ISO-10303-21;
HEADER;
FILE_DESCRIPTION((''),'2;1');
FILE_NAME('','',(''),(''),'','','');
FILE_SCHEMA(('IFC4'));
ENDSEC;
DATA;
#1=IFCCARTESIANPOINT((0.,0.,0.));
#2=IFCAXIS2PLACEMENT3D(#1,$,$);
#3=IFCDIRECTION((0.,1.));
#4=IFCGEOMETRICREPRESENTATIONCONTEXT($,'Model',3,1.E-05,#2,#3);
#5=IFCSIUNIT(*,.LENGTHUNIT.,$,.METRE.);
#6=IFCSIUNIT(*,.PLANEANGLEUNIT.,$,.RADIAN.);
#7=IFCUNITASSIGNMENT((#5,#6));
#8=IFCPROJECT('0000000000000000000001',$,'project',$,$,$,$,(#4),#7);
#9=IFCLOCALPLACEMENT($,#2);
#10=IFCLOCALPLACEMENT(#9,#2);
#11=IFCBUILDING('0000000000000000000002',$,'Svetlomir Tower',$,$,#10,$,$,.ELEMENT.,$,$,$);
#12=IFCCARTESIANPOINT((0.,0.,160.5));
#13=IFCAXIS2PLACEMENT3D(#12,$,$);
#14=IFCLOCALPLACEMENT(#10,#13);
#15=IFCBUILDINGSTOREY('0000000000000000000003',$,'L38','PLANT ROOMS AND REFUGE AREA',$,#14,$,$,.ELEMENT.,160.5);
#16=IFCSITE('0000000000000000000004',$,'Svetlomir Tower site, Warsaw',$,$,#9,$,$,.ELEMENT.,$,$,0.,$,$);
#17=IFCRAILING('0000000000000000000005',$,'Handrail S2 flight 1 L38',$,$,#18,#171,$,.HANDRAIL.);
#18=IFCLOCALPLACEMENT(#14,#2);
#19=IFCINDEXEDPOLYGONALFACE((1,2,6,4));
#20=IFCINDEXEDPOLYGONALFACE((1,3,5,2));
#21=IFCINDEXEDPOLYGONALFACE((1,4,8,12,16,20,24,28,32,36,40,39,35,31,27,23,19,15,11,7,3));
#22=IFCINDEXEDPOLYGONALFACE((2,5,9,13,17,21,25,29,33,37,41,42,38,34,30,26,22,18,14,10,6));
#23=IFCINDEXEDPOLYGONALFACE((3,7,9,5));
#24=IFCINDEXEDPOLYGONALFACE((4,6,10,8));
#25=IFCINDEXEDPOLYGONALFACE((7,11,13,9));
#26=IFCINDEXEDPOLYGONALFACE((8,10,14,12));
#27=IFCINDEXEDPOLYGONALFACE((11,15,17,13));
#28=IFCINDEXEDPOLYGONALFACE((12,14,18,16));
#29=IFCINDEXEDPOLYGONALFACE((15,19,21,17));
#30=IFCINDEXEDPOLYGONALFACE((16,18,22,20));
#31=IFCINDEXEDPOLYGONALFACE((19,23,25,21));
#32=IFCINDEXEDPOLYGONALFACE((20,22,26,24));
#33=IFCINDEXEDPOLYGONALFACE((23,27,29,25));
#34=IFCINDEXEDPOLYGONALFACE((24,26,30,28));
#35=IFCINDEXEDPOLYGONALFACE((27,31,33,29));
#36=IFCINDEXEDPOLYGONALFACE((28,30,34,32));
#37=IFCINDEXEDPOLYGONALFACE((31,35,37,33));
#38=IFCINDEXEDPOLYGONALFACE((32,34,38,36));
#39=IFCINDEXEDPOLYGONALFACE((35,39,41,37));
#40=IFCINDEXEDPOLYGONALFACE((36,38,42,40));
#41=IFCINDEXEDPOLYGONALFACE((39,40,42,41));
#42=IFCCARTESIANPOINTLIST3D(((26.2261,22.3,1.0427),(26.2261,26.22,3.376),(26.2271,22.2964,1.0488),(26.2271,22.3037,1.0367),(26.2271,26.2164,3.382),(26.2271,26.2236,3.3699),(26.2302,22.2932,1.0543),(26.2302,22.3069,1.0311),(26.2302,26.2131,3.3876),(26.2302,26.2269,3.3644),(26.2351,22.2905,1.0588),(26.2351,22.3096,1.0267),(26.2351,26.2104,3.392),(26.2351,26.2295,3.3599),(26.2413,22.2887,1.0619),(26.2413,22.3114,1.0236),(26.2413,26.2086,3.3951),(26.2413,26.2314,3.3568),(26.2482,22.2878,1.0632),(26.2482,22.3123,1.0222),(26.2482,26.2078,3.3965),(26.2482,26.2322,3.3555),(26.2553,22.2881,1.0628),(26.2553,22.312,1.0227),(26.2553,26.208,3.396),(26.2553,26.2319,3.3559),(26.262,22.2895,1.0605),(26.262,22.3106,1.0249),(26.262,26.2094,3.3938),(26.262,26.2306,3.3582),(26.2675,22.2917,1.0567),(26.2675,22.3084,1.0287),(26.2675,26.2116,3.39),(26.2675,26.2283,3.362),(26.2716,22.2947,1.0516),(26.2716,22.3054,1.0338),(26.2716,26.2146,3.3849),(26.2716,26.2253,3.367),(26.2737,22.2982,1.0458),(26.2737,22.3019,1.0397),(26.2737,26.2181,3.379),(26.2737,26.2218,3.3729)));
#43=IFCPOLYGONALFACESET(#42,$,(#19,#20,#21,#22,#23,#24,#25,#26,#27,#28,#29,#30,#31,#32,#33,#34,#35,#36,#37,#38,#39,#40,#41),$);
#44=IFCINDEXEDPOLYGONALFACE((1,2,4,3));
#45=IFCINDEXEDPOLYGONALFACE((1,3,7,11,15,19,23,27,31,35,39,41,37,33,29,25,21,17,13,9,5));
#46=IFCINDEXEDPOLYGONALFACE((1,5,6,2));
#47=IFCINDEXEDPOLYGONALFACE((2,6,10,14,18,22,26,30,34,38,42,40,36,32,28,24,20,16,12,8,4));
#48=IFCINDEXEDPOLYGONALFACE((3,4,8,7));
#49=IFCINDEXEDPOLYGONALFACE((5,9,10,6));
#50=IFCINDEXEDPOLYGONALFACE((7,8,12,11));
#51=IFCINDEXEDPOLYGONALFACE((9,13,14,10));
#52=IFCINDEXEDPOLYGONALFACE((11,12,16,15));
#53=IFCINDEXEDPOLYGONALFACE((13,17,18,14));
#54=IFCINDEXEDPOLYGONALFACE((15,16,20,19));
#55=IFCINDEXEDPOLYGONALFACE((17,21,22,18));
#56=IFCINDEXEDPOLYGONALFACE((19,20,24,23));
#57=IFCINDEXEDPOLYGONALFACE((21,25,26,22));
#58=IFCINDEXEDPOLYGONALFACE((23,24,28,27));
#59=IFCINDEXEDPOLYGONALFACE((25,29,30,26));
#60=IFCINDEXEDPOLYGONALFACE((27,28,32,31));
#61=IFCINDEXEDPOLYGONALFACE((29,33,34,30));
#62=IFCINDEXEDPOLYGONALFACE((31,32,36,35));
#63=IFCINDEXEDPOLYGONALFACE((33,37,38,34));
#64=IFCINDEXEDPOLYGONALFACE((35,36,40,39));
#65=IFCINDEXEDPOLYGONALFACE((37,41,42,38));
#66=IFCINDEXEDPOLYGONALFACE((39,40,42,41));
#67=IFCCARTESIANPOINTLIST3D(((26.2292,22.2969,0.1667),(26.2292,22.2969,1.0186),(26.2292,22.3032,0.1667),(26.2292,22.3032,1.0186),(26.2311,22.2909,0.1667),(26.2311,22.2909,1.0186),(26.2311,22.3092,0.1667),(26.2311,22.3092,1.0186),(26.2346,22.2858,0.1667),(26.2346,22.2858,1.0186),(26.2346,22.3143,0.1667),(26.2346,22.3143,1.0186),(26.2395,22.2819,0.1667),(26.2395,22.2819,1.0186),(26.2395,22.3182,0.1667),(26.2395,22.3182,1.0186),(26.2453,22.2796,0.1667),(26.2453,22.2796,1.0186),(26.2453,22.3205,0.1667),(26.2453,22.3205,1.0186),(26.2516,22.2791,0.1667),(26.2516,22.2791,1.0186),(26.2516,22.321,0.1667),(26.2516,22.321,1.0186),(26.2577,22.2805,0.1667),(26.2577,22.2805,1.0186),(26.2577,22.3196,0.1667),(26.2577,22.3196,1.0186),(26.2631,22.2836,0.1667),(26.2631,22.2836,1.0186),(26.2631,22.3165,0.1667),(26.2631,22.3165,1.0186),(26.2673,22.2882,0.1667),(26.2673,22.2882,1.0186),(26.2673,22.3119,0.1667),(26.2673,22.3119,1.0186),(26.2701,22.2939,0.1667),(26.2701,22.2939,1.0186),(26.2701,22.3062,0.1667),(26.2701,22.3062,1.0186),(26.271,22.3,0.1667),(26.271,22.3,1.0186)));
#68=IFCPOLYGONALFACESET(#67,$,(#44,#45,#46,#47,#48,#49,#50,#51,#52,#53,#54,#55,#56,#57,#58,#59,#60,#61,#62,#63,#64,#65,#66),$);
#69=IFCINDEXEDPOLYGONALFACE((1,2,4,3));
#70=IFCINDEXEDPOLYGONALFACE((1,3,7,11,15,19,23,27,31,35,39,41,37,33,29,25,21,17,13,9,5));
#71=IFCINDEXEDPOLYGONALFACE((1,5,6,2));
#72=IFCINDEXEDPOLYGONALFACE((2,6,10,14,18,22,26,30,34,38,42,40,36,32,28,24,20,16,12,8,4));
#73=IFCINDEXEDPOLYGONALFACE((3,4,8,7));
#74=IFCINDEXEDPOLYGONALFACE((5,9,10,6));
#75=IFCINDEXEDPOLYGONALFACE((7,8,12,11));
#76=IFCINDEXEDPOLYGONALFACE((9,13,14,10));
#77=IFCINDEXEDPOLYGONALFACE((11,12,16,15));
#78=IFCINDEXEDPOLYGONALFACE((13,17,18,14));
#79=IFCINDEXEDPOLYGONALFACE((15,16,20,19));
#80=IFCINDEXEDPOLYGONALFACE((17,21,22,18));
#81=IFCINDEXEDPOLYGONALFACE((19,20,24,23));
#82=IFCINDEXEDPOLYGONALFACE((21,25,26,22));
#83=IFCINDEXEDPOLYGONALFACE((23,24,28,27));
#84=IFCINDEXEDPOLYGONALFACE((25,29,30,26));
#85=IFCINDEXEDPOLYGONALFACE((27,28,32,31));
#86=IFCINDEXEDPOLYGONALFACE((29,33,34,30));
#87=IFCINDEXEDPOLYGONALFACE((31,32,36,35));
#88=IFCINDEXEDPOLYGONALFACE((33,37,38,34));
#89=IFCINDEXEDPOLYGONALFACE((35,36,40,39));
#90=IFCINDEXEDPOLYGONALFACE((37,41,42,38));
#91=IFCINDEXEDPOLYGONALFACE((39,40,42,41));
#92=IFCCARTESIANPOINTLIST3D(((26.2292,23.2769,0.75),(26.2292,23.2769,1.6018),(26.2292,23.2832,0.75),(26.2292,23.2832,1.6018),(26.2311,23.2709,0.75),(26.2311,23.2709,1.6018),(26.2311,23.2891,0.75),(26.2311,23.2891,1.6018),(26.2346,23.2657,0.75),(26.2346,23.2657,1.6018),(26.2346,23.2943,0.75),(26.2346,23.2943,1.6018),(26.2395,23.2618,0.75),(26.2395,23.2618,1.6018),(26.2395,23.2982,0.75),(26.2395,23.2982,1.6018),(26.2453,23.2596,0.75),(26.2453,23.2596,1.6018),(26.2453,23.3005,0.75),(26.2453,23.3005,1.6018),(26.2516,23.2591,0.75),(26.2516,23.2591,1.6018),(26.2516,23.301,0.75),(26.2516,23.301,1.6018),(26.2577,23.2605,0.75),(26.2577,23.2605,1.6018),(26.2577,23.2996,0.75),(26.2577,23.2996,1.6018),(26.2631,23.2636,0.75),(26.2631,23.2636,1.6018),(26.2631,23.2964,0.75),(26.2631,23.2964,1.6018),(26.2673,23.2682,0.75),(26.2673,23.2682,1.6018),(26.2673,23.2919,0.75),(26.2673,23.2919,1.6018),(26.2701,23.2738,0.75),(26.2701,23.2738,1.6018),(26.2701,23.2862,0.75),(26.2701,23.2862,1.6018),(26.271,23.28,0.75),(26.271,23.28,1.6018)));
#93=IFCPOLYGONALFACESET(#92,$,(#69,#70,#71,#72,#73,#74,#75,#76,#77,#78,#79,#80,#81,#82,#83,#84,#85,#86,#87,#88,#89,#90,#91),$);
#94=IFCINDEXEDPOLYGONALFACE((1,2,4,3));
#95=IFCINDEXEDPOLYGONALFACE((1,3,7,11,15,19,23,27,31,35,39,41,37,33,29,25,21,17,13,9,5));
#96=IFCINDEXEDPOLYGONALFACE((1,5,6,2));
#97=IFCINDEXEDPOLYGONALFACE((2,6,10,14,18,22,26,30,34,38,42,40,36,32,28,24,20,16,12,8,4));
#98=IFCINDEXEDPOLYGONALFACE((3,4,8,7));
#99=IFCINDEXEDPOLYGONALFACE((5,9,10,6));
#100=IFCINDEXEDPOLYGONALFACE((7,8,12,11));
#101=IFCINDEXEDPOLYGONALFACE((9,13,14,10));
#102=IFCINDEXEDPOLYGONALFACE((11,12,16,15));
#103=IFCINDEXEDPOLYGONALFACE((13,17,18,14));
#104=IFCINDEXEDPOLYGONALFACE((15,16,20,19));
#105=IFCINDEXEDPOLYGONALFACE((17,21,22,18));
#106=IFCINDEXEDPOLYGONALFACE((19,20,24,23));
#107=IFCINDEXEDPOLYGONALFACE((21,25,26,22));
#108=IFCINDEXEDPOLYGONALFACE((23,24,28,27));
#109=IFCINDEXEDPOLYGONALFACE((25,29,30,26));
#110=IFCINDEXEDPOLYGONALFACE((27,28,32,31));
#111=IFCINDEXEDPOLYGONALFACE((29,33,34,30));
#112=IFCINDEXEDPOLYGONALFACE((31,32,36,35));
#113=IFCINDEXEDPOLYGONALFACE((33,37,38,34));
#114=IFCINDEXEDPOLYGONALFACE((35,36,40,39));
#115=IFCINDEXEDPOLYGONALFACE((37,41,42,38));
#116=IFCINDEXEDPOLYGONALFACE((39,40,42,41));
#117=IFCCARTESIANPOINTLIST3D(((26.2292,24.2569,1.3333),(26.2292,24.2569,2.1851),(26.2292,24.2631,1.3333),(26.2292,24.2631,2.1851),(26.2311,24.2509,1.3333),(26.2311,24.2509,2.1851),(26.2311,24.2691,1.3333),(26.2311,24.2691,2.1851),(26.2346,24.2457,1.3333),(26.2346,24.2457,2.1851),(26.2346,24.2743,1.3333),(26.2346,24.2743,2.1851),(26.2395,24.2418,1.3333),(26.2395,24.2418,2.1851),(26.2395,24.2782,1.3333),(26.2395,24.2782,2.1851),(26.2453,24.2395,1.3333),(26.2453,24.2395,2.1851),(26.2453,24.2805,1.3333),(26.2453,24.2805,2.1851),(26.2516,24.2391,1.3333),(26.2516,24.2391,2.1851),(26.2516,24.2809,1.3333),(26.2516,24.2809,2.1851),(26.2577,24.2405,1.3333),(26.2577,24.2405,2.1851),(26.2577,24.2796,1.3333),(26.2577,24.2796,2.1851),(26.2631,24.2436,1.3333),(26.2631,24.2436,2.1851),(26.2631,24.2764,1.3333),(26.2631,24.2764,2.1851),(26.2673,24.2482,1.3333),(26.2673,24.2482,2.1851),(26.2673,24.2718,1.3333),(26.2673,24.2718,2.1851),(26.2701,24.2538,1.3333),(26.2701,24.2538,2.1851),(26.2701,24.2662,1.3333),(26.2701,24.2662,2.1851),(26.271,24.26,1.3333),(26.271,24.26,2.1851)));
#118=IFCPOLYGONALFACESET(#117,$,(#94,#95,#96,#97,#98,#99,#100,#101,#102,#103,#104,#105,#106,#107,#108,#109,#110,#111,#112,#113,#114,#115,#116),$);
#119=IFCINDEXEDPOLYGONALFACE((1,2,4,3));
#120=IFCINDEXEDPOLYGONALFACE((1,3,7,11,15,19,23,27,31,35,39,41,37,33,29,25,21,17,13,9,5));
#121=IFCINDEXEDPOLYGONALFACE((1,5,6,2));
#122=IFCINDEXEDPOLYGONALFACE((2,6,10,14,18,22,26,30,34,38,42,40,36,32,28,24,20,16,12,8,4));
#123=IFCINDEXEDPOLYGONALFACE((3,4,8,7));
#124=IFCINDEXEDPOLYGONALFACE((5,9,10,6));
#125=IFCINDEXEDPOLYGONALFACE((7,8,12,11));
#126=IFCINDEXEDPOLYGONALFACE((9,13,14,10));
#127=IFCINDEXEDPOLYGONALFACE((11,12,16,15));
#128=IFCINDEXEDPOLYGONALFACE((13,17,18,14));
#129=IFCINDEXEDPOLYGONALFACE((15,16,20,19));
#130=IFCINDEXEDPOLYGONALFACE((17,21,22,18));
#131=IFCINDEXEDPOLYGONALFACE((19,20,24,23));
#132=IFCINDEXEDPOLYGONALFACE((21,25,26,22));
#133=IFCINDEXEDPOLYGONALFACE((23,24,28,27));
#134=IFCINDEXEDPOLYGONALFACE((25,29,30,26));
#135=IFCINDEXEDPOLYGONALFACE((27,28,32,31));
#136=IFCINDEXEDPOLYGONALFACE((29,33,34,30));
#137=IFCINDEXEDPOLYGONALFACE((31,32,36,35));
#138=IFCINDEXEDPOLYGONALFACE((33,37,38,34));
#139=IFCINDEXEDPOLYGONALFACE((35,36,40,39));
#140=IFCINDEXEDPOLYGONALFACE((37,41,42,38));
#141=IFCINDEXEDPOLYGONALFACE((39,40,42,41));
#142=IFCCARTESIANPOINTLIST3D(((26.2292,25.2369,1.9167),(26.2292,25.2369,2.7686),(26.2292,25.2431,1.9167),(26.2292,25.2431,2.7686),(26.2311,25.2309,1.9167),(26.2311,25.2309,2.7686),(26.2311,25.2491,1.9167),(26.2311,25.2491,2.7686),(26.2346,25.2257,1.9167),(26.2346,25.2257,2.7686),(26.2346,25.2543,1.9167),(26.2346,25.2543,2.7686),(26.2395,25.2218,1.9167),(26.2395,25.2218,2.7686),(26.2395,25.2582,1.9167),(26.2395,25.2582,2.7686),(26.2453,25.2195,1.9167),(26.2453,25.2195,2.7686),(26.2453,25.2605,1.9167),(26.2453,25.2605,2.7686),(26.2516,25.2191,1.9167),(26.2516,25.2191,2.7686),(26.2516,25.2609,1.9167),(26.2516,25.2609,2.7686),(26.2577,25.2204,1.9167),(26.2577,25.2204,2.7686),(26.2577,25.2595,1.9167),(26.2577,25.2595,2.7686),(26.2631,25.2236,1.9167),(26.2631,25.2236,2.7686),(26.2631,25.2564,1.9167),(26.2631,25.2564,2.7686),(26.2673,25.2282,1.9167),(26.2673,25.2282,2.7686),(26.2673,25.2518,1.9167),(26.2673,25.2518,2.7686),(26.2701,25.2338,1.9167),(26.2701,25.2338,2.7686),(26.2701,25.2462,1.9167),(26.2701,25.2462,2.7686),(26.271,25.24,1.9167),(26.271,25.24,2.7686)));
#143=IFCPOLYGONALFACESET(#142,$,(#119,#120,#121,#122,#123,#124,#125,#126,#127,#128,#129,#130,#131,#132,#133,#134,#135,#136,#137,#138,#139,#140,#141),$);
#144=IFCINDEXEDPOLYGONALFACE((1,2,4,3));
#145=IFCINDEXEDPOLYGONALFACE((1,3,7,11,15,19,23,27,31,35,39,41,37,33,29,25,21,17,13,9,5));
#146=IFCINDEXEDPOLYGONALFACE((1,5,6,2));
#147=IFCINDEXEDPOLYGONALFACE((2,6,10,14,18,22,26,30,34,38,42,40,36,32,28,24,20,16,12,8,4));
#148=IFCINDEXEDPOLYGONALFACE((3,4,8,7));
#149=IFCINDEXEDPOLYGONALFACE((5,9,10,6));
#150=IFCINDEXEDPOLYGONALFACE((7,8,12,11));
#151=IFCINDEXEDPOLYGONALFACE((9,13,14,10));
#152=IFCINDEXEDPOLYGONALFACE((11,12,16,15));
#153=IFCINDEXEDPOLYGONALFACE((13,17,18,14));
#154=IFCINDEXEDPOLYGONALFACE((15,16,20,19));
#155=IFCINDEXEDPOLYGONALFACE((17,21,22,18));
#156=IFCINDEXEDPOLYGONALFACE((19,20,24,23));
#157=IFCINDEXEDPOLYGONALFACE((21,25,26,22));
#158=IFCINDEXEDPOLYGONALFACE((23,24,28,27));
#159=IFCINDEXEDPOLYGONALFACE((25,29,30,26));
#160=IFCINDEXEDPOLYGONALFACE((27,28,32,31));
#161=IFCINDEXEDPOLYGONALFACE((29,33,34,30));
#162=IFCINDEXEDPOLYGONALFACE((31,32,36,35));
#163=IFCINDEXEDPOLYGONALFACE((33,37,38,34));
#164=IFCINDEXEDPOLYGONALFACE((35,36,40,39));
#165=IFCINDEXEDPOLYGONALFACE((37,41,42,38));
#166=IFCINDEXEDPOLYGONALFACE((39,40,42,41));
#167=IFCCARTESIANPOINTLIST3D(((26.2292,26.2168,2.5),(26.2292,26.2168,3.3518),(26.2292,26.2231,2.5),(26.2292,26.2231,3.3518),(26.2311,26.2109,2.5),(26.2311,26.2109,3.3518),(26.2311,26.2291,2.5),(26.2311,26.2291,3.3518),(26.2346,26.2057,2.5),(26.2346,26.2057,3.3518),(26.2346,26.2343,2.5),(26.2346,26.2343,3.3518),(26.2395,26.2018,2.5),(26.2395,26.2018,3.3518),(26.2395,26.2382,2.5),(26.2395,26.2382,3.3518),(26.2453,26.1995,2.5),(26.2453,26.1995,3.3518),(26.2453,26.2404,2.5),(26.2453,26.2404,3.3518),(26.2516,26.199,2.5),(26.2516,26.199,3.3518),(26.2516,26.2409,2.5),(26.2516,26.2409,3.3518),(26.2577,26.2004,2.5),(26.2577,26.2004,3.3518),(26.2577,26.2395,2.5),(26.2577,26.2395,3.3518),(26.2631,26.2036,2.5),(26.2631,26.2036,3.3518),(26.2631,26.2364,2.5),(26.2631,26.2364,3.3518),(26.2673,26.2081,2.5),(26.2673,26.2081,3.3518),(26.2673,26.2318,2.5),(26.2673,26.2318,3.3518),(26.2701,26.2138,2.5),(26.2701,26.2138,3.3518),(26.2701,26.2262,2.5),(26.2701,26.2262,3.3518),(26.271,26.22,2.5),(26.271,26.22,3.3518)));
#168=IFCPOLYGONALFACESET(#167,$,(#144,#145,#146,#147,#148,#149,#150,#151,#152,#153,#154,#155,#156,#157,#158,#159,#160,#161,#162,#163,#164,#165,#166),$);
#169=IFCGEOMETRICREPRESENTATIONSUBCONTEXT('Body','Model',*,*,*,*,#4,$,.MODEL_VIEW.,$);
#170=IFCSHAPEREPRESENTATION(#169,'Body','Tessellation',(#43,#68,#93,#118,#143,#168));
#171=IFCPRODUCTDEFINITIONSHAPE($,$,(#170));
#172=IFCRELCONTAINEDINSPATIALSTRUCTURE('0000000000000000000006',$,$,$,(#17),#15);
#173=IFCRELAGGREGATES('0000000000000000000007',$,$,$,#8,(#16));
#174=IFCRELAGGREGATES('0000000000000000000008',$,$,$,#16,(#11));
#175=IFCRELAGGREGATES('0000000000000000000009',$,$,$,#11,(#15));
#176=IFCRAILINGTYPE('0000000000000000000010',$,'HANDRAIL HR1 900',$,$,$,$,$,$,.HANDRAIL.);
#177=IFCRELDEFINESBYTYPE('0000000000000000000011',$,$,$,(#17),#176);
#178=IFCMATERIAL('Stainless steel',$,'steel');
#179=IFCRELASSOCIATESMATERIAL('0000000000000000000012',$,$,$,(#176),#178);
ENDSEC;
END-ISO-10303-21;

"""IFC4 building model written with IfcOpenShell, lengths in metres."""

from ifc_helpers import new_model, si_unit, direction, frame, origin, origin_2d, place, context, subcontext, project, spatial, circle, extrude, material, type_object, element, save


model = new_model("IFC4")

# Units and contexts
model_context = context("Model", 3, precision=1e-05, world=origin(), true_north=direction((0.0, 1.0)))
body_context = subcontext(model_context, "Body", "Model", "MODEL_VIEW")
ifc_project = project(units=[si_unit("LENGTHUNIT", "METRE"), si_unit("PLANEANGLEUNIT", "RADIAN")], contexts=[model_context])

# Site, building, storey
site_placement = place(None, origin())
site = spatial("IfcSite", under=ifc_project, at=site_placement, Name="Svetlomir Tower site, Warsaw", CompositionType="ELEMENT", RefElevation=0.0)
building_placement = place(site_placement, origin())
building = spatial("IfcBuilding", under=site, at=building_placement, Name="Svetlomir Tower", CompositionType="ELEMENT")
storey_placement = place(building_placement, frame((0.0, 0.0, 160.5)))
storey = spatial("IfcBuildingStorey", under=building, at=storey_placement, Name="L38", Description="PLANT ROOMS AND REFUGE AREA", CompositionType="ELEMENT", Elevation=160.5)

# Railing
ifc_material_1 = material(Name="Stainless steel", Category="steel")
railing_type_1 = type_object("IfcRailingType", Name="HANDRAIL HR1 900", PredefinedType="HANDRAIL", material=ifc_material_1)
railing_1_placement = place(storey_placement, frame((26.25, 22.3, 0.1667)))
element("IfcRailing", 1, at=railing_1_placement, inside=storey, type_object=railing_type_1, Name="Handrail S2 flight 1 L38", PredefinedType="HANDRAIL", context=body_context, shape_type="SweptSolid", body=[
    extrude(circle(Radius=0.0239, at=origin_2d()), frame((0.0, 0.0, 0.876), z_axis=(0.0, 0.859296, 0.511478), x_axis=(-1.0, 0.0, 0.0)), (0.0, 0.0, 1.0), 4.5618),
    extrude(circle(Radius=0.021, at=origin_2d()), origin(), (0.0, 0.0, 1.0), 0.8518),
    extrude(circle(Radius=0.021, at=origin_2d()), frame((0.0, 0.98, 0.5833)), (0.0, 0.0, 1.0), 0.8518),
    extrude(circle(Radius=0.021, at=origin_2d()), frame((0.0, 1.96, 1.1665)), (0.0, 0.0, 1.0), 0.8518),
    extrude(circle(Radius=0.021, at=origin_2d()), frame((0.0, 2.9399, 1.75)), (0.0, 0.0, 1.0), 0.8518),
    extrude(circle(Radius=0.021, at=origin_2d()), frame((0.0, 3.9199, 2.3333)), (0.0, 0.0, 1.0), 0.8518),
])

save(model, "model.ifc")
